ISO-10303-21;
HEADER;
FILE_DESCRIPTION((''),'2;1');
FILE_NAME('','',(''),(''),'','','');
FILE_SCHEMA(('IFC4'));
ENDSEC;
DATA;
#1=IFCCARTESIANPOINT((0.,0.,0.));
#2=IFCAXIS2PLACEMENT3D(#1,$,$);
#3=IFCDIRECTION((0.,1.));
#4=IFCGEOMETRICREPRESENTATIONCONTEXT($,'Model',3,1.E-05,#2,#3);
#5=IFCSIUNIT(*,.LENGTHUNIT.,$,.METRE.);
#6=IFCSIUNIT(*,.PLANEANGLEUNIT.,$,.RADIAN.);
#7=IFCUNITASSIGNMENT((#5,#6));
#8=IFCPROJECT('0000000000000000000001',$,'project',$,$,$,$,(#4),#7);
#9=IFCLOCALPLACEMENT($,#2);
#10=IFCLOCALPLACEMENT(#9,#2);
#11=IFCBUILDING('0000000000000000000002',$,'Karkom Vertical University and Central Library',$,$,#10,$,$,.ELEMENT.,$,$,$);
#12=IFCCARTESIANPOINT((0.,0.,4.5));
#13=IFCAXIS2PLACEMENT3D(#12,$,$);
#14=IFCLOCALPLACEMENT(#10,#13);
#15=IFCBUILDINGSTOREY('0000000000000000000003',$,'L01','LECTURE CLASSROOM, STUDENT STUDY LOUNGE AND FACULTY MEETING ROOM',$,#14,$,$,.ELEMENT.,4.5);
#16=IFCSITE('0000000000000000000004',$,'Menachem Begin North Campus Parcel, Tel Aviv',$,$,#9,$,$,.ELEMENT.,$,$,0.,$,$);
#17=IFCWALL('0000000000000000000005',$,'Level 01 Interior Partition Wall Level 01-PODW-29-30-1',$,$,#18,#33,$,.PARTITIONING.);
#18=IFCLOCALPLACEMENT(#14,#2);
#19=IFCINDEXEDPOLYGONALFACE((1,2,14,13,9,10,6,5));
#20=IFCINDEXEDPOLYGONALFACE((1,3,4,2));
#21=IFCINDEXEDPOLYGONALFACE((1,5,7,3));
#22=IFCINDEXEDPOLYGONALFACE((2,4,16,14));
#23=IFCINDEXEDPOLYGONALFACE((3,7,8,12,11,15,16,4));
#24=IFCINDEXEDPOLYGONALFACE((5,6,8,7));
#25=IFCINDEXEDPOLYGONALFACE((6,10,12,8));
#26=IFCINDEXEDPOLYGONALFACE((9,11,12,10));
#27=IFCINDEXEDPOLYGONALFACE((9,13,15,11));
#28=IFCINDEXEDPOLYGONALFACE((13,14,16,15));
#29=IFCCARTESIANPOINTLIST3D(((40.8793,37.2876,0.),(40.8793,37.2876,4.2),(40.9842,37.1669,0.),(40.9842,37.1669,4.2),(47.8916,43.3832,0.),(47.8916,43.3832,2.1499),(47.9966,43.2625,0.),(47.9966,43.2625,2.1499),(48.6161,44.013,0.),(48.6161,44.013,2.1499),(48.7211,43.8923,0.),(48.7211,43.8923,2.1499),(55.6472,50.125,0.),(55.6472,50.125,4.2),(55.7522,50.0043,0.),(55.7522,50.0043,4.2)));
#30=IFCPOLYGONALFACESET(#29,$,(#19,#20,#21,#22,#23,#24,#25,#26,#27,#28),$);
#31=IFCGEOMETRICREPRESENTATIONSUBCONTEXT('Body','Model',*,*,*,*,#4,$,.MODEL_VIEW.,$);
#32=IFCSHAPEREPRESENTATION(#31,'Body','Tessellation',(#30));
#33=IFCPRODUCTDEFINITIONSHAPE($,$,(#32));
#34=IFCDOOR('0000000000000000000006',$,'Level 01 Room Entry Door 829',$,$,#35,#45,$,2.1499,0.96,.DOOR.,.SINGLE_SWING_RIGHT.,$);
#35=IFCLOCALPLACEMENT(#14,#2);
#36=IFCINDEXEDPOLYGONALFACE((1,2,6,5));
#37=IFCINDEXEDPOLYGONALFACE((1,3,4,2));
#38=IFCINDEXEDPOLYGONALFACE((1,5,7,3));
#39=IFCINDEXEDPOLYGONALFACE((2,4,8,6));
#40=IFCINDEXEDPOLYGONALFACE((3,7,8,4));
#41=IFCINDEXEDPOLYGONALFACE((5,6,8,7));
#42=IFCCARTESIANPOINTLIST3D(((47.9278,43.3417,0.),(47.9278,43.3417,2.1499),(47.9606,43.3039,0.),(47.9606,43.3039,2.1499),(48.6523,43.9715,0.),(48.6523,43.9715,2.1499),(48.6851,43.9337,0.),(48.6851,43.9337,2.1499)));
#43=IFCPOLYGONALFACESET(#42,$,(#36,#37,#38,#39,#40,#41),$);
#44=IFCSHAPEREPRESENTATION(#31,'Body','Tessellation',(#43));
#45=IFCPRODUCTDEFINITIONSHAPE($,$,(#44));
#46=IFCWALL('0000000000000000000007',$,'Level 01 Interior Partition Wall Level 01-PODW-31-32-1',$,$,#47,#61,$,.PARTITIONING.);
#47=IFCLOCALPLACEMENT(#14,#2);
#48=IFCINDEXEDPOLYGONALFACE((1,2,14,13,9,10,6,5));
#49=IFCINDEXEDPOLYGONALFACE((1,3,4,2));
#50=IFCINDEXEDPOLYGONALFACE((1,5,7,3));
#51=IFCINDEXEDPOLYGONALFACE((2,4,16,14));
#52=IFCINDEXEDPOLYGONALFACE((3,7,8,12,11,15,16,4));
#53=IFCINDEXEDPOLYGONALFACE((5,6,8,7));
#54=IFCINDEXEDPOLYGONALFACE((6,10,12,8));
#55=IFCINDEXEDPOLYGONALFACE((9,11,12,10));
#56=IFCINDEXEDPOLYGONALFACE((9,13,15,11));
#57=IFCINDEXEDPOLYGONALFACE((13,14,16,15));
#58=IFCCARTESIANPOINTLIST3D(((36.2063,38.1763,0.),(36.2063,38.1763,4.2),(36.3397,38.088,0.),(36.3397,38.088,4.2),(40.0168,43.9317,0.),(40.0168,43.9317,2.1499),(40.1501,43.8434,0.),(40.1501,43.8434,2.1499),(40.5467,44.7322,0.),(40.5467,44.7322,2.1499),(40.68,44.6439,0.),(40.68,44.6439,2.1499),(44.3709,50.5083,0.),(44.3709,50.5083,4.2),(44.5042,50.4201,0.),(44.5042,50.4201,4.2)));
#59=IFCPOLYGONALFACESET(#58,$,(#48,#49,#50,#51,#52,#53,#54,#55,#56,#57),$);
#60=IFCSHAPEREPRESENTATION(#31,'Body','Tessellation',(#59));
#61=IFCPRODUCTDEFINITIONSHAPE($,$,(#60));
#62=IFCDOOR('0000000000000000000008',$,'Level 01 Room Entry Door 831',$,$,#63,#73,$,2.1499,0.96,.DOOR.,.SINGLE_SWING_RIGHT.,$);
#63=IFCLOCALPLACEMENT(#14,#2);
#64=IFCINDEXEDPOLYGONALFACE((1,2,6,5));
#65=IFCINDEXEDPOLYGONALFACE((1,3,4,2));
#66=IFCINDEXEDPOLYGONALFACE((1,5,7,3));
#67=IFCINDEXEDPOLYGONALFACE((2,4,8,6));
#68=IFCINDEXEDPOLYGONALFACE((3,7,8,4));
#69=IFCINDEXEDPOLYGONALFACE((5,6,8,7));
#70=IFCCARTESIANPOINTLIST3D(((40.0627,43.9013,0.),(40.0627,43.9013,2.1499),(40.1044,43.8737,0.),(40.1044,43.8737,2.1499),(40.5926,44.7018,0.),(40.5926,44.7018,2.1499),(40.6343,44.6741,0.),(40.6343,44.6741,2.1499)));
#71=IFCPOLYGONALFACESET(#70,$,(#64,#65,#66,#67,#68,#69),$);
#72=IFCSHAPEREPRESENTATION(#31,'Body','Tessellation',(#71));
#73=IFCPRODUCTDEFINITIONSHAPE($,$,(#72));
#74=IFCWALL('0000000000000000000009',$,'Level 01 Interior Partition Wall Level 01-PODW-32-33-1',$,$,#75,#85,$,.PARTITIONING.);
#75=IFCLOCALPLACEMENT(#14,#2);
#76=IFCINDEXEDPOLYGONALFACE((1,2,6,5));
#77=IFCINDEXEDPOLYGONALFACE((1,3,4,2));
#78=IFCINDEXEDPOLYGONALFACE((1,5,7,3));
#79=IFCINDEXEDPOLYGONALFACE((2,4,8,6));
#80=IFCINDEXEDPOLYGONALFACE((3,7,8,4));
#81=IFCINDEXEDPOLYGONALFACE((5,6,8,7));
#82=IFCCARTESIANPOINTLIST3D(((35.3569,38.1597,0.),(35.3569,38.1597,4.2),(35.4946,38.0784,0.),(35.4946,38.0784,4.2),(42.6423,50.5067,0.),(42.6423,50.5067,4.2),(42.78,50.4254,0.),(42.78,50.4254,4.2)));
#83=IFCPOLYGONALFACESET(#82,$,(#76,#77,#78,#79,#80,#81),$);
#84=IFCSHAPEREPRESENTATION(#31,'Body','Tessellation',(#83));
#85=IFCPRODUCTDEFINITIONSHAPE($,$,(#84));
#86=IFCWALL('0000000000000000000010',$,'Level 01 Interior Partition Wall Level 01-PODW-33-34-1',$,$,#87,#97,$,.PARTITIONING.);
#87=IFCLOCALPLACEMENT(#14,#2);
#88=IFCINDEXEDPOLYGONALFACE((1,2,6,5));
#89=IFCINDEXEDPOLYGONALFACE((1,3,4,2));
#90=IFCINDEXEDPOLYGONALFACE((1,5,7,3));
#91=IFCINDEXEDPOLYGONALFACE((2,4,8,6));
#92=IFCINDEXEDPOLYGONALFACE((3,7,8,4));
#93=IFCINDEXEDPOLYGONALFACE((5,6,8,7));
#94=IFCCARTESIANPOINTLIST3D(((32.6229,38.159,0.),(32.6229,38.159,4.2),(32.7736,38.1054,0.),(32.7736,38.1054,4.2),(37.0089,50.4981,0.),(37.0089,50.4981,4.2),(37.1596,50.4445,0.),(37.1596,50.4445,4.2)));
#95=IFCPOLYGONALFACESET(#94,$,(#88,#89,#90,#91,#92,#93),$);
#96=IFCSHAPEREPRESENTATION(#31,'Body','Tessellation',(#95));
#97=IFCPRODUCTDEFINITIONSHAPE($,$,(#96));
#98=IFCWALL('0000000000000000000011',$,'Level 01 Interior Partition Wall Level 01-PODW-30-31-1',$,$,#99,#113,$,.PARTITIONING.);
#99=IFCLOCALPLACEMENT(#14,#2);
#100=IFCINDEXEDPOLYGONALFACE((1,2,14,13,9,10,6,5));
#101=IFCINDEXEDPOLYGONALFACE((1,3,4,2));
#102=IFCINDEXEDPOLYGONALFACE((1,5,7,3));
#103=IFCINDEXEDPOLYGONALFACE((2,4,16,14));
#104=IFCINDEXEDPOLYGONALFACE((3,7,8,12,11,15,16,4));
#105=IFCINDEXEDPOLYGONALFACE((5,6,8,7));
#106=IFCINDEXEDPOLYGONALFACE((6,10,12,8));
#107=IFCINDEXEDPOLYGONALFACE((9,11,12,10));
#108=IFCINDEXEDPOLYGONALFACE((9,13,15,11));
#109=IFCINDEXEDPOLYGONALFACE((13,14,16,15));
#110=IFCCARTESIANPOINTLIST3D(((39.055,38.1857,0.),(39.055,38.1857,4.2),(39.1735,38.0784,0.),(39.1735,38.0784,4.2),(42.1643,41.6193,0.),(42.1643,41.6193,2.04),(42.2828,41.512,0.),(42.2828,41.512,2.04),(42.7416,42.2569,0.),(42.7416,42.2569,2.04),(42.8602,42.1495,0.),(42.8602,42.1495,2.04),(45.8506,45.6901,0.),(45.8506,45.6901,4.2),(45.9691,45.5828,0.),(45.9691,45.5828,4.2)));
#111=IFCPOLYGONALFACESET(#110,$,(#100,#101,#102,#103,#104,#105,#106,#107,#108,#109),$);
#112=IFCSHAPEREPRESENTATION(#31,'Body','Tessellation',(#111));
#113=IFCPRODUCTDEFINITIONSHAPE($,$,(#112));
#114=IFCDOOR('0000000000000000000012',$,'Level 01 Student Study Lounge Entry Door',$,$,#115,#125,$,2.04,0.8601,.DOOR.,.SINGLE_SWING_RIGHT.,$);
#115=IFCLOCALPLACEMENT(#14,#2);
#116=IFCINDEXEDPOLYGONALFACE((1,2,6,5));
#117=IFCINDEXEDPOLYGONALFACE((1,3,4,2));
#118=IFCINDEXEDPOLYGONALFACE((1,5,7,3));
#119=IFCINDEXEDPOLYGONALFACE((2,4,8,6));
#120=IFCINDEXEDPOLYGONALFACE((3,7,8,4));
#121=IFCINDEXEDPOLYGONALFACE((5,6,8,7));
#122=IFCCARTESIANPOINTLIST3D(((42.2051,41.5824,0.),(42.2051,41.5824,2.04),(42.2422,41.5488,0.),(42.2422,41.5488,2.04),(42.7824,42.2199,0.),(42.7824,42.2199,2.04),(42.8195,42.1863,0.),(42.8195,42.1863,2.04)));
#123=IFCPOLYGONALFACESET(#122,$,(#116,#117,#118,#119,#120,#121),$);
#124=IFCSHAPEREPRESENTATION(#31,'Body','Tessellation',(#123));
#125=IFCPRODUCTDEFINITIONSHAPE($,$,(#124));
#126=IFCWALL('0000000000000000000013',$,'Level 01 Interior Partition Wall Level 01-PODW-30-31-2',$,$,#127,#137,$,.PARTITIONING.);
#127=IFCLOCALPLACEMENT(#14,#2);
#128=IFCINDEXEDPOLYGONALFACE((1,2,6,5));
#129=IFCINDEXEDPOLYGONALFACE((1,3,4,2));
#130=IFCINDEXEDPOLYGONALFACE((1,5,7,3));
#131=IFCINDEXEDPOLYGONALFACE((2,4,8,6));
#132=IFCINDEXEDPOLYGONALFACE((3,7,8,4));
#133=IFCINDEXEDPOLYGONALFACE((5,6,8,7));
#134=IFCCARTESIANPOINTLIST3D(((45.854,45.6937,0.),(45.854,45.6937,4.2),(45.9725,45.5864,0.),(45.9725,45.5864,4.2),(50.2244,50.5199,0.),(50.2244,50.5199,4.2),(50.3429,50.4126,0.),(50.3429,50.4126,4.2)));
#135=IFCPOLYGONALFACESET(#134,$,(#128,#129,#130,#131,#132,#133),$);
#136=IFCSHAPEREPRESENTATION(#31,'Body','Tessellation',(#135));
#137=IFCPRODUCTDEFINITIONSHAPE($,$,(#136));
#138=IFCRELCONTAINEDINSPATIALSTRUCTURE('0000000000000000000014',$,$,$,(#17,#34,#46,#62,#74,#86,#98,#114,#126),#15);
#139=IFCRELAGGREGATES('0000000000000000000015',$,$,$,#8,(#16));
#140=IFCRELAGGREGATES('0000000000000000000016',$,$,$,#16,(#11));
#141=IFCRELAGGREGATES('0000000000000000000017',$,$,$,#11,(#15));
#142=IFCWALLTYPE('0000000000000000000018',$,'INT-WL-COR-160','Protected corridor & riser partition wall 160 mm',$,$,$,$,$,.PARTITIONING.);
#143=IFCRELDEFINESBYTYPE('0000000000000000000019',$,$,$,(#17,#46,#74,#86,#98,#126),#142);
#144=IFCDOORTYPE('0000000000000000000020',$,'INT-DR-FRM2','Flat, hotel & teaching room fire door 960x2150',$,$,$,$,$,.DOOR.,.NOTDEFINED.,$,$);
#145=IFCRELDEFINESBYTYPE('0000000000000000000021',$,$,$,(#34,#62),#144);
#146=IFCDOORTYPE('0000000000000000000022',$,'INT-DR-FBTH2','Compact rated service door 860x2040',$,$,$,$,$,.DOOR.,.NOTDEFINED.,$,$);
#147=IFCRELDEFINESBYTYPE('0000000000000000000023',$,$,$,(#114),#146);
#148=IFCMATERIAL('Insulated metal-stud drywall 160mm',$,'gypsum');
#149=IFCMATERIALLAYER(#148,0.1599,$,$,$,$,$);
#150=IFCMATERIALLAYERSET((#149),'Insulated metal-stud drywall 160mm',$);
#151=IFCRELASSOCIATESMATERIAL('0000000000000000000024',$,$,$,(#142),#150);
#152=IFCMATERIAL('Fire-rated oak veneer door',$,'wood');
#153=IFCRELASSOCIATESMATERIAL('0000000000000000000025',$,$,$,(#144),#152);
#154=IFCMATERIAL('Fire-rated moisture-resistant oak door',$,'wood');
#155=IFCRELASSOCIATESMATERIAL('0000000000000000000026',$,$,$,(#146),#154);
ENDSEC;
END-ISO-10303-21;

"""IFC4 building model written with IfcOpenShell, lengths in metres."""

from ifc_helpers import new_model, si_unit, direction, frame, frame_2d, origin, origin_with_axes, place, context, subcontext, project, spatial, rectangle, extrude, source, transform, mapped, material, layer, layer_set, type_object, element, fill, save


model = new_model("IFC4")

# Units and contexts
model_context = context("Model", 3, precision=1e-05, world=origin(), true_north=direction((0.0, 1.0)))
body_context = subcontext(model_context, "Body", "Model", "MODEL_VIEW")
ifc_project = project(units=[si_unit("LENGTHUNIT", "METRE"), si_unit("PLANEANGLEUNIT", "RADIAN")], contexts=[model_context])

# Site, building, storey
site_placement = place(None, origin())
site = spatial("IfcSite", under=ifc_project, at=site_placement, Name="Menachem Begin North Campus Parcel, Tel Aviv", CompositionType="ELEMENT", RefElevation=0.0)
building_placement = place(site_placement, origin())
building = spatial("IfcBuilding", under=site, at=building_placement, Name="Karkom Vertical University and Central Library", CompositionType="ELEMENT")
storey_placement = place(building_placement, frame((0.0, 0.0, 4.5)))
storey = spatial("IfcBuildingStorey", under=building, at=storey_placement, Name="L01", Description="LECTURE CLASSROOM, STUDENT STUDY LOUNGE AND FACULTY MEETING ROOM", CompositionType="ELEMENT", Elevation=4.5)

# Wall, opening, door
ifc_material_1 = material(Name="Insulated metal-stud drywall 160mm", Category="gypsum")
ifc_layer = layer(ifc_material_1, 0.1599)
ifc_layer_set = layer_set([ifc_layer], Name="Insulated metal-stud drywall 160mm")
wall_type = type_object("IfcWallType", Name="INT-WL-COR-160", Description="Protected corridor & riser partition wall 160 mm", PredefinedType="PARTITIONING", material=ifc_layer_set)
wall_1_placement = place(storey_placement, frame((40.9319, 37.2273, 0.0), z_axis=(0.0, 0.0, 1.0), x_axis=(0.754711, 0.656057, 0.0)))
wall_1 = element("IfcWall", 1, at=wall_1_placement, inside=storey, type_object=wall_type, Name="Level 01 Interior Partition Wall Level 01-PODW-29-30-1", PredefinedType="PARTITIONING", context=body_context, shape_type="SweptSolid", body=[
    extrude(rectangle(XDim=19.5676, YDim=0.1599, at=frame_2d((9.7837, 0.0))), origin(), (0.0, 0.0, 1.0), 4.2),
])
opening_1_placement = place(wall_1_placement, frame((9.2913, 0.0, 0.0)))
opening_1 = element("IfcOpeningElement", 2, at=opening_1_placement, cuts=wall_1, PredefinedType="OPENING", context=body_context, shape_type="SweptSolid", body=[
    extrude(rectangle(XDim=0.96, YDim=2.1499, at=frame_2d((0.48, 1.075))), frame((0.0, 0.0898, 0.0), z_axis=(0.0, -1.0, 0.0), x_axis=(1.0, 0.0, 0.0)), (0.0, 0.0, 1.0), 0.1799),
])
ifc_material_2 = material(Name="Fire-rated oak veneer door", Category="wood")
door_type_1 = type_object("IfcDoorType", Name="INT-DR-FRM2", Description="Flat, hotel & teaching room fire door 960x2150", OperationType="NOTDEFINED", PredefinedType="DOOR", material=ifc_material_2)
shared_shape_1 = source(origin_with_axes(), body_context, "Body", "SweptSolid", [
    extrude(rectangle(XDim=0.96, YDim=2.1499, at=frame_2d((0.48, 1.075))), frame((0.0, 0.0249, 0.0), z_axis=(0.0, -1.0, 0.0), x_axis=(1.0, 0.0, 0.0)), (0.0, 0.0, 1.0), 0.05),
])
door_1_placement = place(opening_1_placement, origin())
door_1 = element("IfcDoor", 3, at=door_1_placement, inside=storey, type_object=door_type_1, Name="Level 01 Room Entry Door 829", OperationType="SINGLE_SWING_RIGHT", OverallHeight=2.1499, OverallWidth=0.96, PredefinedType="DOOR", context=body_context, shape_type="MappedRepresentation", body=[
    mapped(shared_shape_1, transform((0.0, 0.0, 0.0), scale=1.0)),
])
fill(opening_1, door_1)

# Shared definitions
ifc_material_3 = material(Name="Fire-rated moisture-resistant oak door", Category="wood")
door_type_2 = type_object("IfcDoorType", Name="INT-DR-FBTH2", Description="Compact rated service door 860x2040", OperationType="NOTDEFINED", PredefinedType="DOOR", material=ifc_material_3)
shared_shape_2 = source(origin_with_axes(), body_context, "Body", "SweptSolid", [
    extrude(rectangle(XDim=0.8601, YDim=2.04, at=frame_2d((0.4302, 1.02))), frame((0.0, 0.0249, 0.0), z_axis=(0.0, -1.0, 0.0), x_axis=(1.0, 0.0, 0.0)), (0.0, 0.0, 1.0), 0.05),
])

# Wall, opening, door
wall_2_placement = place(storey_placement, frame((36.2729, 38.1321, 0.0), z_axis=(0.0, 0.0, 1.0), x_axis=(0.552038, 0.833819, 0.0)))
wall_2 = element("IfcWall", 4, at=wall_2_placement, inside=storey, type_object=wall_type, Name="Level 01 Interior Partition Wall Level 01-PODW-31-32-1", PredefinedType="PARTITIONING", context=body_context, shape_type="SweptSolid", body=[
    extrude(rectangle(XDim=14.7898, YDim=0.1599, at=frame_2d((7.395, 0.0))), origin(), (0.0, 0.0, 1.0), 4.2),
])
opening_2_placement = place(wall_2_placement, frame((6.9026, 0.0, 0.0)))
opening_2 = element("IfcOpeningElement", 5, at=opening_2_placement, cuts=wall_2, PredefinedType="OPENING", context=body_context, shape_type="SweptSolid", body=[
    extrude(rectangle(XDim=0.96, YDim=2.1499, at=frame_2d((0.48, 1.075))), frame((0.0, 0.0898, 0.0), z_axis=(0.0, -1.0, 0.0), x_axis=(1.0, 0.0, 0.0)), (0.0, 0.0, 1.0), 0.1799),
])
door_2_placement = place(opening_2_placement, origin())
door_2 = element("IfcDoor", 6, at=door_2_placement, inside=storey, type_object=door_type_1, Name="Level 01 Room Entry Door 831", OperationType="SINGLE_SWING_RIGHT", OverallHeight=2.1499, OverallWidth=0.96, PredefinedType="DOOR", context=body_context, shape_type="MappedRepresentation", body=[
    mapped(shared_shape_1, transform((0.0, 0.0, 0.0), scale=1.0)),
])
fill(opening_2, door_2)

# Walls
wall_3_placement = place(storey_placement, frame((35.4258, 38.1191, 0.0), z_axis=(0.0, 0.0, 1.0), x_axis=(0.508186, 0.861247, 0.0)))
element("IfcWall", 7, at=wall_3_placement, inside=storey, type_object=wall_type, Name="Level 01 Interior Partition Wall Level 01-PODW-32-33-1", PredefinedType="PARTITIONING", context=body_context, shape_type="SweptSolid", body=[
    extrude(rectangle(XDim=14.3362, YDim=0.1599, at=frame_2d((7.168, 0.0))), origin(), (0.0, 0.0, 1.0), 4.2),
])
wall_4_placement = place(storey_placement, frame((32.6982, 38.1321, 0.0), z_axis=(0.0, 0.0, 1.0), x_axis=(0.334925, 0.942245, 0.0)))
element("IfcWall", 8, at=wall_4_placement, inside=storey, type_object=wall_type, Name="Level 01 Interior Partition Wall Level 01-PODW-33-34-1", PredefinedType="PARTITIONING", context=body_context, shape_type="SweptSolid", body=[
    extrude(rectangle(XDim=13.0955, YDim=0.1599, at=frame_2d((6.5479, 0.0))), origin(), (0.0, 0.0, 1.0), 4.2),
])

# Wall, opening, door
wall_5_placement = place(storey_placement, frame((39.1143, 38.1321, 0.0), z_axis=(0.0, 0.0, 1.0), x_axis=(0.671237, 0.741243, 0.0)))
wall_5 = element("IfcWall", 9, at=wall_5_placement, inside=storey, type_object=wall_type, Name="Level 01 Interior Partition Wall Level 01-PODW-30-31-1", PredefinedType="PARTITIONING", context=body_context, shape_type="SweptSolid", body=[
    extrude(rectangle(XDim=10.124, YDim=0.1599, at=frame_2d((5.062, 0.0))), origin(), (0.0, 0.0, 1.0), 4.2),
])
opening_3_placement = place(wall_5_placement, frame((4.6321, 0.0, 0.0)))
opening_3 = element("IfcOpeningElement", 10, at=opening_3_placement, cuts=wall_5, PredefinedType="OPENING", context=body_context, shape_type="SweptSolid", body=[
    extrude(rectangle(XDim=0.8601, YDim=2.04, at=frame_2d((0.4302, 1.02))), frame((0.0, 0.0898, 0.0), z_axis=(0.0, -1.0, 0.0), x_axis=(1.0, 0.0, 0.0)), (0.0, 0.0, 1.0), 0.1799),
])
door_3_placement = place(opening_3_placement, origin())
door_3 = element("IfcDoor", 11, at=door_3_placement, inside=storey, type_object=door_type_2, Name="Level 01 Student Study Lounge Entry Door", OperationType="SINGLE_SWING_RIGHT", OverallHeight=2.04, OverallWidth=0.8601, PredefinedType="DOOR", context=body_context, shape_type="MappedRepresentation", body=[
    mapped(shared_shape_2, transform((0.0, 0.0, 0.0), scale=1.0)),
])
fill(opening_3, door_3)

# Wall
wall_6_placement = place(storey_placement, frame((45.9133, 45.6401, 0.0), z_axis=(0.0, 0.0, 1.0), x_axis=(0.671236, 0.741243, 0.0)))
element("IfcWall", 12, at=wall_6_placement, inside=storey, type_object=wall_type, Name="Level 01 Interior Partition Wall Level 01-PODW-30-31-2", PredefinedType="PARTITIONING", context=body_context, shape_type="SweptSolid", body=[
    extrude(rectangle(XDim=6.511, YDim=0.1599, at=frame_2d((3.2554, 0.0))), origin(), (0.0, 0.0, 1.0), 4.2),
])

save(model, "model.ifc")
